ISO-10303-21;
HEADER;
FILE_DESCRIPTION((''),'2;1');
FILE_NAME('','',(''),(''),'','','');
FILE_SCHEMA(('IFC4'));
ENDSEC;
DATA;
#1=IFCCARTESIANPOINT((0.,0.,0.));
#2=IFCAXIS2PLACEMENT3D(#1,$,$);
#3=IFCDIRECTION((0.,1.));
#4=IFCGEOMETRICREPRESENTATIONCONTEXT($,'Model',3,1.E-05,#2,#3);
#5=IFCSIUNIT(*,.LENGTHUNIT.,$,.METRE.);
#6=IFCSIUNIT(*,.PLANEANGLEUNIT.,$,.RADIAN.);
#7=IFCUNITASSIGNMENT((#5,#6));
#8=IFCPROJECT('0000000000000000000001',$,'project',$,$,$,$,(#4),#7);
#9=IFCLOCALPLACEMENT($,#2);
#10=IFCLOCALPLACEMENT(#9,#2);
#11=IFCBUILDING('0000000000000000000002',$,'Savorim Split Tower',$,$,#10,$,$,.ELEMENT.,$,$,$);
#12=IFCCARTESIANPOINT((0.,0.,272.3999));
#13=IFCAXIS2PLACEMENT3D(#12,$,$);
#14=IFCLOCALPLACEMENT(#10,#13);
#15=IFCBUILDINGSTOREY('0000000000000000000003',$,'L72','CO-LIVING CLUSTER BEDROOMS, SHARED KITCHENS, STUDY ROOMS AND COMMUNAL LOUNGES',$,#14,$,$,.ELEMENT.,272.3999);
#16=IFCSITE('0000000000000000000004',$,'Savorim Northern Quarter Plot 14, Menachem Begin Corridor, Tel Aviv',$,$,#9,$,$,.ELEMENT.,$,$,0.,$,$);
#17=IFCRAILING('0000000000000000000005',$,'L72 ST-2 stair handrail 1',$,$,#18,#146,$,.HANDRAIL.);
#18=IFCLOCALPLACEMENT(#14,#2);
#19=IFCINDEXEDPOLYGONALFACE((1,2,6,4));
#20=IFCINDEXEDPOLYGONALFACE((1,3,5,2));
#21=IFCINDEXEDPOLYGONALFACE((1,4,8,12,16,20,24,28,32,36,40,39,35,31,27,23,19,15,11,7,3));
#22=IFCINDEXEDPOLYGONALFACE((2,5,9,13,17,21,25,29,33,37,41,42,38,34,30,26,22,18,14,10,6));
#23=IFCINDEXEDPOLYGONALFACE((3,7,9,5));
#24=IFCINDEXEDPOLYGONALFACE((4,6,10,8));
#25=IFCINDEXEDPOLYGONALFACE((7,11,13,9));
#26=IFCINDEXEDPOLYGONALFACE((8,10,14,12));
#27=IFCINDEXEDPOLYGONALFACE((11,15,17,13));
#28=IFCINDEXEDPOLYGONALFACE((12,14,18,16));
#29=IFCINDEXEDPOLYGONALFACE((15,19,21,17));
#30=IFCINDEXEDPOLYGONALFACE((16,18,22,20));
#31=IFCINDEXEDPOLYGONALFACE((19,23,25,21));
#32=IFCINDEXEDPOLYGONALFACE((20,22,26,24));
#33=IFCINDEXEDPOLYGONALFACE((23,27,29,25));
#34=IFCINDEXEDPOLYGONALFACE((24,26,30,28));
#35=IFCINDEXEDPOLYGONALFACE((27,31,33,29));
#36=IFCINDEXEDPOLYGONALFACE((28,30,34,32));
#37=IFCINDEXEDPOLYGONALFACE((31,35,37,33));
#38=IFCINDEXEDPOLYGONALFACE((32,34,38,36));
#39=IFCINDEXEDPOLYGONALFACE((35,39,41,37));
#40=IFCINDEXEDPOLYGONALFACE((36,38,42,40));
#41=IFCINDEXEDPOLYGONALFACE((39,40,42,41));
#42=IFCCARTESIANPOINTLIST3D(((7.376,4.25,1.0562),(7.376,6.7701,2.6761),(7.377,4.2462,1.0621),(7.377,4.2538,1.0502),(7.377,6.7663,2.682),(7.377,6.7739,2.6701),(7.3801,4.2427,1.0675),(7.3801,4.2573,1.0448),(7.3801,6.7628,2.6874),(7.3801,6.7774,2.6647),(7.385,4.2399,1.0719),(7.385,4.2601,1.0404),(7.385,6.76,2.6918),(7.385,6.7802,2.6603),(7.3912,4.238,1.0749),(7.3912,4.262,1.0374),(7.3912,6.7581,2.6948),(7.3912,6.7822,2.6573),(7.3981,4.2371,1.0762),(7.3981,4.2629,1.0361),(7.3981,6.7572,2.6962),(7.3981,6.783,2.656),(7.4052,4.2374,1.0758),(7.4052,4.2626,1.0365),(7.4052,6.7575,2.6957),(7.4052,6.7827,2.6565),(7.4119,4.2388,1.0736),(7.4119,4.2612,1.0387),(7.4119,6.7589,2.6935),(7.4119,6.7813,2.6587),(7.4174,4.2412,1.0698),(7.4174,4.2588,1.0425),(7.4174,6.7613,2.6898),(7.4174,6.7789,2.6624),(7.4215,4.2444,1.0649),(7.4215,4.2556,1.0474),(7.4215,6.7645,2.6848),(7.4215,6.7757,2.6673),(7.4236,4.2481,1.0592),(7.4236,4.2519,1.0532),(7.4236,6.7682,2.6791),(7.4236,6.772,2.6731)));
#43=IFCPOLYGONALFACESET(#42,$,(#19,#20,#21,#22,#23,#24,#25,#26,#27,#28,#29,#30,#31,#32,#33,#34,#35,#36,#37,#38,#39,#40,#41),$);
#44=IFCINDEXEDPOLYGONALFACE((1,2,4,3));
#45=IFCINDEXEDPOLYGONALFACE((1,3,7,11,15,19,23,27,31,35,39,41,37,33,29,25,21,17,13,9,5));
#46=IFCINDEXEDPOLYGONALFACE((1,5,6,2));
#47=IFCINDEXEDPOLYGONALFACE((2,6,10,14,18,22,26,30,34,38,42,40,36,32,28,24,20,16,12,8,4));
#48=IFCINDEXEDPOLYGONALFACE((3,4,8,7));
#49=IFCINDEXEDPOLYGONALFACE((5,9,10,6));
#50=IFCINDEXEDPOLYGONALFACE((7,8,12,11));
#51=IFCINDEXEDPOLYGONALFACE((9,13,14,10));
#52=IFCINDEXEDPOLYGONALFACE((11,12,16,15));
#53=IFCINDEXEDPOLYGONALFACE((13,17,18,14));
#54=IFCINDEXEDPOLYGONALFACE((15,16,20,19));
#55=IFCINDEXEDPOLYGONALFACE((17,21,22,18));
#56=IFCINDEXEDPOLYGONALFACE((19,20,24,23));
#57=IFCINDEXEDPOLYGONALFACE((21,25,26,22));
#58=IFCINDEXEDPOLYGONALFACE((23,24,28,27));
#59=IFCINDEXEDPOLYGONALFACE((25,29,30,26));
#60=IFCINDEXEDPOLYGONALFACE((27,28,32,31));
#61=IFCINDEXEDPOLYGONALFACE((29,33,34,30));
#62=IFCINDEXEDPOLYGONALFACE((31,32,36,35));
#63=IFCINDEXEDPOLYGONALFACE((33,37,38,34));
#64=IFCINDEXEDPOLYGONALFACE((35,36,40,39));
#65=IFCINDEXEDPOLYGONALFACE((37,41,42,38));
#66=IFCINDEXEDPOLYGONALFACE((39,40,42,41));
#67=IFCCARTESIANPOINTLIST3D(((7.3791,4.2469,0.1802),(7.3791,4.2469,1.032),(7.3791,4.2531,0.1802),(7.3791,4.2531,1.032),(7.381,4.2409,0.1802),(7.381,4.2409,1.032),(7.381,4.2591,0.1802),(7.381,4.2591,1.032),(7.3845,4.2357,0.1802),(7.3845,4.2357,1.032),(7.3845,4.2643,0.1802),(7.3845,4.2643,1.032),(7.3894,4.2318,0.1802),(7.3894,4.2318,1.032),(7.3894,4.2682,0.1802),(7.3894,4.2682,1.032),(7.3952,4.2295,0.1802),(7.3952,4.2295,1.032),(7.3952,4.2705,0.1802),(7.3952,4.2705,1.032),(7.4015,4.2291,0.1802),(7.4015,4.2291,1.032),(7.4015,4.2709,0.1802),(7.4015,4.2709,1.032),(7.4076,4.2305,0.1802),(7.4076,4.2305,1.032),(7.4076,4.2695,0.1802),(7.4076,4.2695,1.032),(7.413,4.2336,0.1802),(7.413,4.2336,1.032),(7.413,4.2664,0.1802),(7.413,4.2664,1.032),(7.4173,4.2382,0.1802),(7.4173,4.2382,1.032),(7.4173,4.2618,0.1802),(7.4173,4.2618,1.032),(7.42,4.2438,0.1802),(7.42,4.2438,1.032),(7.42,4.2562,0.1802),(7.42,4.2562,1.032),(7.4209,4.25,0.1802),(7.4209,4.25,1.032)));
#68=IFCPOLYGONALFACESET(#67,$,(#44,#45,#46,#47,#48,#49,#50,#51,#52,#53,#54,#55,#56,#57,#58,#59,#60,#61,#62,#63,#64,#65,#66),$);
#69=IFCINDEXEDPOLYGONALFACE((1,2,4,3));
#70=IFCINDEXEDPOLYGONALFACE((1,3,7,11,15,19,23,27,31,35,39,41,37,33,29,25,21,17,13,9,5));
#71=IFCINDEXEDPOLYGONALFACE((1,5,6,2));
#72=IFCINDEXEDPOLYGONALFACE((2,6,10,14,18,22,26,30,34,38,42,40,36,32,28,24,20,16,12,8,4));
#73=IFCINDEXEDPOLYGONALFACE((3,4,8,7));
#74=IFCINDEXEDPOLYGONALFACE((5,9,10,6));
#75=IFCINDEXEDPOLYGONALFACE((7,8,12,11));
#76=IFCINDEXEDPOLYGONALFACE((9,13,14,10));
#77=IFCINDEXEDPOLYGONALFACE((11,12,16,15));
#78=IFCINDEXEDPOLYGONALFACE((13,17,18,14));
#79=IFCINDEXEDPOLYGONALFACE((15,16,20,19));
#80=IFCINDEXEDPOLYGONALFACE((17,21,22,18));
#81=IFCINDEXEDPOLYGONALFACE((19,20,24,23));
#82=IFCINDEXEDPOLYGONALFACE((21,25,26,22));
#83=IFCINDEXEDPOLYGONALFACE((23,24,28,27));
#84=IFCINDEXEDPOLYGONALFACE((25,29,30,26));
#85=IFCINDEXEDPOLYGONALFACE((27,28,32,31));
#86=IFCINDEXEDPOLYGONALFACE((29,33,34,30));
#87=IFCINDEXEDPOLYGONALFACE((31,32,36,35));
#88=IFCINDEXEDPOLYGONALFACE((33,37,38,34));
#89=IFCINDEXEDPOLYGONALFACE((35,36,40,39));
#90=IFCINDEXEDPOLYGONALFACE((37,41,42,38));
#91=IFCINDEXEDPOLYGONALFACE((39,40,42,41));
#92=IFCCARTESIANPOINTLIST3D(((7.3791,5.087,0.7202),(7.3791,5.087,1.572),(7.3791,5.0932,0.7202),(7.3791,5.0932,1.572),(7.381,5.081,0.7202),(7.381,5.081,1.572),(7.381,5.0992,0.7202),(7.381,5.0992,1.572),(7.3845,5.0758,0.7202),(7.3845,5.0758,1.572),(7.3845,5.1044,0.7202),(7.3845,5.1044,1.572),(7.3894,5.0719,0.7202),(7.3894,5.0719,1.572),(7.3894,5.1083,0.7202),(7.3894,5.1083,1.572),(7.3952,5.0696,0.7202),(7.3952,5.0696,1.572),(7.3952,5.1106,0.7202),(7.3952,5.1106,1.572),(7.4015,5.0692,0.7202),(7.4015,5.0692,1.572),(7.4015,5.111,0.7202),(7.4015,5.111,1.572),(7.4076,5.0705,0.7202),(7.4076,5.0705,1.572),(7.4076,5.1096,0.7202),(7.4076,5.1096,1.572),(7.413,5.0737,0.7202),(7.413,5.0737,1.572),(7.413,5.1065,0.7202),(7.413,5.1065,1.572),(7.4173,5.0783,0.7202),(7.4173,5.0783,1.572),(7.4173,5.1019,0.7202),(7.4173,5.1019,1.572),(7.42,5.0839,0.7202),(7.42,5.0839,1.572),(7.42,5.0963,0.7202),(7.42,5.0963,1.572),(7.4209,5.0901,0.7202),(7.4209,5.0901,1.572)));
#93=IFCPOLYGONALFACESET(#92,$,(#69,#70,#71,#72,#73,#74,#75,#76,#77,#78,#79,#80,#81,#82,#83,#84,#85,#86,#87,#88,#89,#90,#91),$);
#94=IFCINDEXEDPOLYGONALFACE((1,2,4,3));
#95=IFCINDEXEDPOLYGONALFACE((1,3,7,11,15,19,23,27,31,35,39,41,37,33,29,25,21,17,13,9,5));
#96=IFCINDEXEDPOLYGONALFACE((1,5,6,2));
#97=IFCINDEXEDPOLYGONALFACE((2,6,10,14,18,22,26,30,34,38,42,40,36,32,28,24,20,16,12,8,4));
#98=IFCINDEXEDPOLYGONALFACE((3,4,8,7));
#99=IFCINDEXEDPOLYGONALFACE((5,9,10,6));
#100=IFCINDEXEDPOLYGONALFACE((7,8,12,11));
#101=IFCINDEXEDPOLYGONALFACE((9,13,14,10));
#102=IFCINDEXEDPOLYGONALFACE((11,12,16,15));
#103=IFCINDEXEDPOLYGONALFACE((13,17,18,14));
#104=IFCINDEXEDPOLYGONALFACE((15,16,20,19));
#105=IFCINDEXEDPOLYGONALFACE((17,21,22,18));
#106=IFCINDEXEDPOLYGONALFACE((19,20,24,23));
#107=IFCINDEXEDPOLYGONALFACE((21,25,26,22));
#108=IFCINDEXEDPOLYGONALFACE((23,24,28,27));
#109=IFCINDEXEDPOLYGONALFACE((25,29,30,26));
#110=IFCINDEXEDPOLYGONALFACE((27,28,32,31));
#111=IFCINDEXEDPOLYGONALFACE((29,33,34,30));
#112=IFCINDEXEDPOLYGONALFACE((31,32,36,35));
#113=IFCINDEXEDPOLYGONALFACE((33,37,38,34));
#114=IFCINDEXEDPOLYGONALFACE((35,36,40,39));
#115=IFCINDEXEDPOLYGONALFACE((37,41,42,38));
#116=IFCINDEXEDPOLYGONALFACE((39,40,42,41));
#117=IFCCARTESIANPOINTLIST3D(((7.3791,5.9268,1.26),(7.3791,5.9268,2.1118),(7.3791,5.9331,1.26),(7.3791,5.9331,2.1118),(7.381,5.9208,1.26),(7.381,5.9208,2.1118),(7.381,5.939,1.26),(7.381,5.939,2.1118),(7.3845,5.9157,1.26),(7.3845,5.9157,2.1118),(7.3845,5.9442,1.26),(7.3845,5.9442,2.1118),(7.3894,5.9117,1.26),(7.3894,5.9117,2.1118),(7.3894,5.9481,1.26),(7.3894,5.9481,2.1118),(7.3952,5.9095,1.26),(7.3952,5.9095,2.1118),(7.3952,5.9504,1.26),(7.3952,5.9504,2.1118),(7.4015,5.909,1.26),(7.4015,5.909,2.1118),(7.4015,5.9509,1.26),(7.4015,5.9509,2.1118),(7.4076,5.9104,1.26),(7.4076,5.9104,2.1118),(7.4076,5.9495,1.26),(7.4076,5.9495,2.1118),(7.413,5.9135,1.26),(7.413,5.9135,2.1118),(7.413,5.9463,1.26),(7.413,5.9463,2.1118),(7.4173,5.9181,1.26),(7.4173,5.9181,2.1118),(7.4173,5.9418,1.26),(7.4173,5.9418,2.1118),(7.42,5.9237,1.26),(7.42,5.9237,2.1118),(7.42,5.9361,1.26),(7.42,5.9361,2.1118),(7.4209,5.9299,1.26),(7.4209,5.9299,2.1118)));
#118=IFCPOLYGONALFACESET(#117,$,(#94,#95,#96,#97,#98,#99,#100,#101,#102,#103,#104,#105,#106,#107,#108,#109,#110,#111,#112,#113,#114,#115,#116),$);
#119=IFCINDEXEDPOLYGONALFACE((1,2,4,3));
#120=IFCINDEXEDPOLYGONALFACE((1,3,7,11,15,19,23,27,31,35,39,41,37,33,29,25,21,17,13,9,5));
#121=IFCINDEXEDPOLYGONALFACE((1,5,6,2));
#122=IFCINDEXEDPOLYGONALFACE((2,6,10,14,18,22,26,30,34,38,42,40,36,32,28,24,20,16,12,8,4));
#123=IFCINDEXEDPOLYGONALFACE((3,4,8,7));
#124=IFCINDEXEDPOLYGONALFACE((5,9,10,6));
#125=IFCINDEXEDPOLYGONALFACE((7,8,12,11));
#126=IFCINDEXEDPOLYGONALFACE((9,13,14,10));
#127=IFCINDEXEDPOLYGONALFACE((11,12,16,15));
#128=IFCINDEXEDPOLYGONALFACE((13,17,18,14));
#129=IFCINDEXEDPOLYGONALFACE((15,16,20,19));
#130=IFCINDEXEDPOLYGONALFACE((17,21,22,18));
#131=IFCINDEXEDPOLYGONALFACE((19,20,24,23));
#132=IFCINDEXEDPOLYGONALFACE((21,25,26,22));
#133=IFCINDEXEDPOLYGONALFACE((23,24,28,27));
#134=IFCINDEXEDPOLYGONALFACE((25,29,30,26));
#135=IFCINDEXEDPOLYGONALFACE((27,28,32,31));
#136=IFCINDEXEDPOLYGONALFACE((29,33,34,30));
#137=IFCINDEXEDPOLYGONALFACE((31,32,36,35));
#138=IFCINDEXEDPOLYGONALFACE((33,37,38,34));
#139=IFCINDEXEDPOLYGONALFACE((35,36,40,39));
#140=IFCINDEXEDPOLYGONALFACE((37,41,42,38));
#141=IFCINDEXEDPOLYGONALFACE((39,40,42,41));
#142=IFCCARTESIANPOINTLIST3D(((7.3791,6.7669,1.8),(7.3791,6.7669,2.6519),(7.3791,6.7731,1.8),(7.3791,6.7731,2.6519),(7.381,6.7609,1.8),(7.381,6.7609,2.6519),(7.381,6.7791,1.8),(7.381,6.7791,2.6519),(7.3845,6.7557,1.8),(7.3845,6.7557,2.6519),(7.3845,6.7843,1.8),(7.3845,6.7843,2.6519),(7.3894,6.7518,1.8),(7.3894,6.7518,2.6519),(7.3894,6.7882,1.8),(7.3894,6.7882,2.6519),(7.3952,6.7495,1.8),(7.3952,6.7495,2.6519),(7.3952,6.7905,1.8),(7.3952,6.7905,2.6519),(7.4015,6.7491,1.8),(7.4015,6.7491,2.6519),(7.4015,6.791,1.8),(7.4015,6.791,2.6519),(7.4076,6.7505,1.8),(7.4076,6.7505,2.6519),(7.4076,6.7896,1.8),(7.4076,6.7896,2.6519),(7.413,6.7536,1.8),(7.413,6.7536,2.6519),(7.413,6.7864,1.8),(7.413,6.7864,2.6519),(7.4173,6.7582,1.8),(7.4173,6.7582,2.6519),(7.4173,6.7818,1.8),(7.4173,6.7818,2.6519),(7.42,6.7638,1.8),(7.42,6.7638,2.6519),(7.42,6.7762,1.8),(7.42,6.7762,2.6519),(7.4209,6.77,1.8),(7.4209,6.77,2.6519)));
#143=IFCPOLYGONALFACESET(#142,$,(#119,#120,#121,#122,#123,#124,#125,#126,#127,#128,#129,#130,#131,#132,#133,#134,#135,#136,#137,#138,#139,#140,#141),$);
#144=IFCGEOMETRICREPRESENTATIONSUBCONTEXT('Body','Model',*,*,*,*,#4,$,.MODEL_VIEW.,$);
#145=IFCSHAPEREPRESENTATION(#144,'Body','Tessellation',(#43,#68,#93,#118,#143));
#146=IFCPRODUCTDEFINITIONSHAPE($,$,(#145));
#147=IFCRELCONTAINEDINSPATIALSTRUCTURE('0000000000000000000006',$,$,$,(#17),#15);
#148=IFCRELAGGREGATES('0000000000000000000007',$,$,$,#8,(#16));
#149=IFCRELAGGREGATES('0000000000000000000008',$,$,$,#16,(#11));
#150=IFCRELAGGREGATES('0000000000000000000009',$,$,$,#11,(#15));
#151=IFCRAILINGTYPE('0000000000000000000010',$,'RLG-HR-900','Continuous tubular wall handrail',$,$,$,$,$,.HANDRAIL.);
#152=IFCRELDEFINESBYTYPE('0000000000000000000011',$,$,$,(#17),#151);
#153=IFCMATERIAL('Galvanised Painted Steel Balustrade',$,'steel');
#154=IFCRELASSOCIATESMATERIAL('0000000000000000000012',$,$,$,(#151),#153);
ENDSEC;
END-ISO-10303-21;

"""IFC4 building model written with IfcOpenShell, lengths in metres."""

from ifc_helpers import new_model, si_unit, direction, frame, origin, origin_2d, place, context, subcontext, project, spatial, circle, extrude, material, type_object, element, save


model = new_model("IFC4")

# Units and contexts
model_context = context("Model", 3, precision=1e-05, world=origin(), true_north=direction((0.0, 1.0)))
body_context = subcontext(model_context, "Body", "Model", "MODEL_VIEW")
ifc_project = project(units=[si_unit("LENGTHUNIT", "METRE"), si_unit("PLANEANGLEUNIT", "RADIAN")], contexts=[model_context])

# Site, building, storey
site_placement = place(None, origin())
site = spatial("IfcSite", under=ifc_project, at=site_placement, Name="Savorim Northern Quarter Plot 14, Menachem Begin Corridor, Tel Aviv", CompositionType="ELEMENT", RefElevation=0.0)
building_placement = place(site_placement, origin())
building = spatial("IfcBuilding", under=site, at=building_placement, Name="Savorim Split Tower", CompositionType="ELEMENT")
storey_placement = place(building_placement, frame((0.0, 0.0, 272.3999)))
storey = spatial("IfcBuildingStorey", under=building, at=storey_placement, Name="L72", Description="CO-LIVING CLUSTER BEDROOMS, SHARED KITCHENS, STUDY ROOMS AND COMMUNAL LOUNGES", CompositionType="ELEMENT", Elevation=272.3999)

# Railing
ifc_material_1 = material(Name="Galvanised Painted Steel Balustrade", Category="steel")
railing_type_1 = type_object("IfcRailingType", Name="RLG-HR-900", Description="Continuous tubular wall handrail", PredefinedType="HANDRAIL", material=ifc_material_1)
railing_1_placement = place(storey_placement, frame((7.3999, 4.25, 0.1802)))
element("IfcRailing", 1, at=railing_1_placement, inside=storey, type_object=railing_type_1, Name="L72 ST-2 stair handrail 1", PredefinedType="HANDRAIL", context=body_context, shape_type="SweptSolid", body=[
    extrude(circle(Radius=0.0239, at=origin_2d()), frame((0.0, 0.0, 0.876), z_axis=(0.0, 0.8412, 0.540725), x_axis=(-1.0, 0.0, 0.0)), (0.0, 0.0, 1.0), 2.9958),
    extrude(circle(Radius=0.021, at=origin_2d()), origin(), (0.0, 0.0, 1.0), 0.8518),
    extrude(circle(Radius=0.021, at=origin_2d()), frame((0.0, 0.8401, 0.54)), (0.0, 0.0, 1.0), 0.8518),
    extrude(circle(Radius=0.021, at=origin_2d()), frame((0.0, 1.6799, 1.0798)), (0.0, 0.0, 1.0), 0.8518),
    extrude(circle(Radius=0.021, at=origin_2d()), frame((0.0, 2.52, 1.6199)), (0.0, 0.0, 1.0), 0.8518),
])

save(model, "model.ifc")
